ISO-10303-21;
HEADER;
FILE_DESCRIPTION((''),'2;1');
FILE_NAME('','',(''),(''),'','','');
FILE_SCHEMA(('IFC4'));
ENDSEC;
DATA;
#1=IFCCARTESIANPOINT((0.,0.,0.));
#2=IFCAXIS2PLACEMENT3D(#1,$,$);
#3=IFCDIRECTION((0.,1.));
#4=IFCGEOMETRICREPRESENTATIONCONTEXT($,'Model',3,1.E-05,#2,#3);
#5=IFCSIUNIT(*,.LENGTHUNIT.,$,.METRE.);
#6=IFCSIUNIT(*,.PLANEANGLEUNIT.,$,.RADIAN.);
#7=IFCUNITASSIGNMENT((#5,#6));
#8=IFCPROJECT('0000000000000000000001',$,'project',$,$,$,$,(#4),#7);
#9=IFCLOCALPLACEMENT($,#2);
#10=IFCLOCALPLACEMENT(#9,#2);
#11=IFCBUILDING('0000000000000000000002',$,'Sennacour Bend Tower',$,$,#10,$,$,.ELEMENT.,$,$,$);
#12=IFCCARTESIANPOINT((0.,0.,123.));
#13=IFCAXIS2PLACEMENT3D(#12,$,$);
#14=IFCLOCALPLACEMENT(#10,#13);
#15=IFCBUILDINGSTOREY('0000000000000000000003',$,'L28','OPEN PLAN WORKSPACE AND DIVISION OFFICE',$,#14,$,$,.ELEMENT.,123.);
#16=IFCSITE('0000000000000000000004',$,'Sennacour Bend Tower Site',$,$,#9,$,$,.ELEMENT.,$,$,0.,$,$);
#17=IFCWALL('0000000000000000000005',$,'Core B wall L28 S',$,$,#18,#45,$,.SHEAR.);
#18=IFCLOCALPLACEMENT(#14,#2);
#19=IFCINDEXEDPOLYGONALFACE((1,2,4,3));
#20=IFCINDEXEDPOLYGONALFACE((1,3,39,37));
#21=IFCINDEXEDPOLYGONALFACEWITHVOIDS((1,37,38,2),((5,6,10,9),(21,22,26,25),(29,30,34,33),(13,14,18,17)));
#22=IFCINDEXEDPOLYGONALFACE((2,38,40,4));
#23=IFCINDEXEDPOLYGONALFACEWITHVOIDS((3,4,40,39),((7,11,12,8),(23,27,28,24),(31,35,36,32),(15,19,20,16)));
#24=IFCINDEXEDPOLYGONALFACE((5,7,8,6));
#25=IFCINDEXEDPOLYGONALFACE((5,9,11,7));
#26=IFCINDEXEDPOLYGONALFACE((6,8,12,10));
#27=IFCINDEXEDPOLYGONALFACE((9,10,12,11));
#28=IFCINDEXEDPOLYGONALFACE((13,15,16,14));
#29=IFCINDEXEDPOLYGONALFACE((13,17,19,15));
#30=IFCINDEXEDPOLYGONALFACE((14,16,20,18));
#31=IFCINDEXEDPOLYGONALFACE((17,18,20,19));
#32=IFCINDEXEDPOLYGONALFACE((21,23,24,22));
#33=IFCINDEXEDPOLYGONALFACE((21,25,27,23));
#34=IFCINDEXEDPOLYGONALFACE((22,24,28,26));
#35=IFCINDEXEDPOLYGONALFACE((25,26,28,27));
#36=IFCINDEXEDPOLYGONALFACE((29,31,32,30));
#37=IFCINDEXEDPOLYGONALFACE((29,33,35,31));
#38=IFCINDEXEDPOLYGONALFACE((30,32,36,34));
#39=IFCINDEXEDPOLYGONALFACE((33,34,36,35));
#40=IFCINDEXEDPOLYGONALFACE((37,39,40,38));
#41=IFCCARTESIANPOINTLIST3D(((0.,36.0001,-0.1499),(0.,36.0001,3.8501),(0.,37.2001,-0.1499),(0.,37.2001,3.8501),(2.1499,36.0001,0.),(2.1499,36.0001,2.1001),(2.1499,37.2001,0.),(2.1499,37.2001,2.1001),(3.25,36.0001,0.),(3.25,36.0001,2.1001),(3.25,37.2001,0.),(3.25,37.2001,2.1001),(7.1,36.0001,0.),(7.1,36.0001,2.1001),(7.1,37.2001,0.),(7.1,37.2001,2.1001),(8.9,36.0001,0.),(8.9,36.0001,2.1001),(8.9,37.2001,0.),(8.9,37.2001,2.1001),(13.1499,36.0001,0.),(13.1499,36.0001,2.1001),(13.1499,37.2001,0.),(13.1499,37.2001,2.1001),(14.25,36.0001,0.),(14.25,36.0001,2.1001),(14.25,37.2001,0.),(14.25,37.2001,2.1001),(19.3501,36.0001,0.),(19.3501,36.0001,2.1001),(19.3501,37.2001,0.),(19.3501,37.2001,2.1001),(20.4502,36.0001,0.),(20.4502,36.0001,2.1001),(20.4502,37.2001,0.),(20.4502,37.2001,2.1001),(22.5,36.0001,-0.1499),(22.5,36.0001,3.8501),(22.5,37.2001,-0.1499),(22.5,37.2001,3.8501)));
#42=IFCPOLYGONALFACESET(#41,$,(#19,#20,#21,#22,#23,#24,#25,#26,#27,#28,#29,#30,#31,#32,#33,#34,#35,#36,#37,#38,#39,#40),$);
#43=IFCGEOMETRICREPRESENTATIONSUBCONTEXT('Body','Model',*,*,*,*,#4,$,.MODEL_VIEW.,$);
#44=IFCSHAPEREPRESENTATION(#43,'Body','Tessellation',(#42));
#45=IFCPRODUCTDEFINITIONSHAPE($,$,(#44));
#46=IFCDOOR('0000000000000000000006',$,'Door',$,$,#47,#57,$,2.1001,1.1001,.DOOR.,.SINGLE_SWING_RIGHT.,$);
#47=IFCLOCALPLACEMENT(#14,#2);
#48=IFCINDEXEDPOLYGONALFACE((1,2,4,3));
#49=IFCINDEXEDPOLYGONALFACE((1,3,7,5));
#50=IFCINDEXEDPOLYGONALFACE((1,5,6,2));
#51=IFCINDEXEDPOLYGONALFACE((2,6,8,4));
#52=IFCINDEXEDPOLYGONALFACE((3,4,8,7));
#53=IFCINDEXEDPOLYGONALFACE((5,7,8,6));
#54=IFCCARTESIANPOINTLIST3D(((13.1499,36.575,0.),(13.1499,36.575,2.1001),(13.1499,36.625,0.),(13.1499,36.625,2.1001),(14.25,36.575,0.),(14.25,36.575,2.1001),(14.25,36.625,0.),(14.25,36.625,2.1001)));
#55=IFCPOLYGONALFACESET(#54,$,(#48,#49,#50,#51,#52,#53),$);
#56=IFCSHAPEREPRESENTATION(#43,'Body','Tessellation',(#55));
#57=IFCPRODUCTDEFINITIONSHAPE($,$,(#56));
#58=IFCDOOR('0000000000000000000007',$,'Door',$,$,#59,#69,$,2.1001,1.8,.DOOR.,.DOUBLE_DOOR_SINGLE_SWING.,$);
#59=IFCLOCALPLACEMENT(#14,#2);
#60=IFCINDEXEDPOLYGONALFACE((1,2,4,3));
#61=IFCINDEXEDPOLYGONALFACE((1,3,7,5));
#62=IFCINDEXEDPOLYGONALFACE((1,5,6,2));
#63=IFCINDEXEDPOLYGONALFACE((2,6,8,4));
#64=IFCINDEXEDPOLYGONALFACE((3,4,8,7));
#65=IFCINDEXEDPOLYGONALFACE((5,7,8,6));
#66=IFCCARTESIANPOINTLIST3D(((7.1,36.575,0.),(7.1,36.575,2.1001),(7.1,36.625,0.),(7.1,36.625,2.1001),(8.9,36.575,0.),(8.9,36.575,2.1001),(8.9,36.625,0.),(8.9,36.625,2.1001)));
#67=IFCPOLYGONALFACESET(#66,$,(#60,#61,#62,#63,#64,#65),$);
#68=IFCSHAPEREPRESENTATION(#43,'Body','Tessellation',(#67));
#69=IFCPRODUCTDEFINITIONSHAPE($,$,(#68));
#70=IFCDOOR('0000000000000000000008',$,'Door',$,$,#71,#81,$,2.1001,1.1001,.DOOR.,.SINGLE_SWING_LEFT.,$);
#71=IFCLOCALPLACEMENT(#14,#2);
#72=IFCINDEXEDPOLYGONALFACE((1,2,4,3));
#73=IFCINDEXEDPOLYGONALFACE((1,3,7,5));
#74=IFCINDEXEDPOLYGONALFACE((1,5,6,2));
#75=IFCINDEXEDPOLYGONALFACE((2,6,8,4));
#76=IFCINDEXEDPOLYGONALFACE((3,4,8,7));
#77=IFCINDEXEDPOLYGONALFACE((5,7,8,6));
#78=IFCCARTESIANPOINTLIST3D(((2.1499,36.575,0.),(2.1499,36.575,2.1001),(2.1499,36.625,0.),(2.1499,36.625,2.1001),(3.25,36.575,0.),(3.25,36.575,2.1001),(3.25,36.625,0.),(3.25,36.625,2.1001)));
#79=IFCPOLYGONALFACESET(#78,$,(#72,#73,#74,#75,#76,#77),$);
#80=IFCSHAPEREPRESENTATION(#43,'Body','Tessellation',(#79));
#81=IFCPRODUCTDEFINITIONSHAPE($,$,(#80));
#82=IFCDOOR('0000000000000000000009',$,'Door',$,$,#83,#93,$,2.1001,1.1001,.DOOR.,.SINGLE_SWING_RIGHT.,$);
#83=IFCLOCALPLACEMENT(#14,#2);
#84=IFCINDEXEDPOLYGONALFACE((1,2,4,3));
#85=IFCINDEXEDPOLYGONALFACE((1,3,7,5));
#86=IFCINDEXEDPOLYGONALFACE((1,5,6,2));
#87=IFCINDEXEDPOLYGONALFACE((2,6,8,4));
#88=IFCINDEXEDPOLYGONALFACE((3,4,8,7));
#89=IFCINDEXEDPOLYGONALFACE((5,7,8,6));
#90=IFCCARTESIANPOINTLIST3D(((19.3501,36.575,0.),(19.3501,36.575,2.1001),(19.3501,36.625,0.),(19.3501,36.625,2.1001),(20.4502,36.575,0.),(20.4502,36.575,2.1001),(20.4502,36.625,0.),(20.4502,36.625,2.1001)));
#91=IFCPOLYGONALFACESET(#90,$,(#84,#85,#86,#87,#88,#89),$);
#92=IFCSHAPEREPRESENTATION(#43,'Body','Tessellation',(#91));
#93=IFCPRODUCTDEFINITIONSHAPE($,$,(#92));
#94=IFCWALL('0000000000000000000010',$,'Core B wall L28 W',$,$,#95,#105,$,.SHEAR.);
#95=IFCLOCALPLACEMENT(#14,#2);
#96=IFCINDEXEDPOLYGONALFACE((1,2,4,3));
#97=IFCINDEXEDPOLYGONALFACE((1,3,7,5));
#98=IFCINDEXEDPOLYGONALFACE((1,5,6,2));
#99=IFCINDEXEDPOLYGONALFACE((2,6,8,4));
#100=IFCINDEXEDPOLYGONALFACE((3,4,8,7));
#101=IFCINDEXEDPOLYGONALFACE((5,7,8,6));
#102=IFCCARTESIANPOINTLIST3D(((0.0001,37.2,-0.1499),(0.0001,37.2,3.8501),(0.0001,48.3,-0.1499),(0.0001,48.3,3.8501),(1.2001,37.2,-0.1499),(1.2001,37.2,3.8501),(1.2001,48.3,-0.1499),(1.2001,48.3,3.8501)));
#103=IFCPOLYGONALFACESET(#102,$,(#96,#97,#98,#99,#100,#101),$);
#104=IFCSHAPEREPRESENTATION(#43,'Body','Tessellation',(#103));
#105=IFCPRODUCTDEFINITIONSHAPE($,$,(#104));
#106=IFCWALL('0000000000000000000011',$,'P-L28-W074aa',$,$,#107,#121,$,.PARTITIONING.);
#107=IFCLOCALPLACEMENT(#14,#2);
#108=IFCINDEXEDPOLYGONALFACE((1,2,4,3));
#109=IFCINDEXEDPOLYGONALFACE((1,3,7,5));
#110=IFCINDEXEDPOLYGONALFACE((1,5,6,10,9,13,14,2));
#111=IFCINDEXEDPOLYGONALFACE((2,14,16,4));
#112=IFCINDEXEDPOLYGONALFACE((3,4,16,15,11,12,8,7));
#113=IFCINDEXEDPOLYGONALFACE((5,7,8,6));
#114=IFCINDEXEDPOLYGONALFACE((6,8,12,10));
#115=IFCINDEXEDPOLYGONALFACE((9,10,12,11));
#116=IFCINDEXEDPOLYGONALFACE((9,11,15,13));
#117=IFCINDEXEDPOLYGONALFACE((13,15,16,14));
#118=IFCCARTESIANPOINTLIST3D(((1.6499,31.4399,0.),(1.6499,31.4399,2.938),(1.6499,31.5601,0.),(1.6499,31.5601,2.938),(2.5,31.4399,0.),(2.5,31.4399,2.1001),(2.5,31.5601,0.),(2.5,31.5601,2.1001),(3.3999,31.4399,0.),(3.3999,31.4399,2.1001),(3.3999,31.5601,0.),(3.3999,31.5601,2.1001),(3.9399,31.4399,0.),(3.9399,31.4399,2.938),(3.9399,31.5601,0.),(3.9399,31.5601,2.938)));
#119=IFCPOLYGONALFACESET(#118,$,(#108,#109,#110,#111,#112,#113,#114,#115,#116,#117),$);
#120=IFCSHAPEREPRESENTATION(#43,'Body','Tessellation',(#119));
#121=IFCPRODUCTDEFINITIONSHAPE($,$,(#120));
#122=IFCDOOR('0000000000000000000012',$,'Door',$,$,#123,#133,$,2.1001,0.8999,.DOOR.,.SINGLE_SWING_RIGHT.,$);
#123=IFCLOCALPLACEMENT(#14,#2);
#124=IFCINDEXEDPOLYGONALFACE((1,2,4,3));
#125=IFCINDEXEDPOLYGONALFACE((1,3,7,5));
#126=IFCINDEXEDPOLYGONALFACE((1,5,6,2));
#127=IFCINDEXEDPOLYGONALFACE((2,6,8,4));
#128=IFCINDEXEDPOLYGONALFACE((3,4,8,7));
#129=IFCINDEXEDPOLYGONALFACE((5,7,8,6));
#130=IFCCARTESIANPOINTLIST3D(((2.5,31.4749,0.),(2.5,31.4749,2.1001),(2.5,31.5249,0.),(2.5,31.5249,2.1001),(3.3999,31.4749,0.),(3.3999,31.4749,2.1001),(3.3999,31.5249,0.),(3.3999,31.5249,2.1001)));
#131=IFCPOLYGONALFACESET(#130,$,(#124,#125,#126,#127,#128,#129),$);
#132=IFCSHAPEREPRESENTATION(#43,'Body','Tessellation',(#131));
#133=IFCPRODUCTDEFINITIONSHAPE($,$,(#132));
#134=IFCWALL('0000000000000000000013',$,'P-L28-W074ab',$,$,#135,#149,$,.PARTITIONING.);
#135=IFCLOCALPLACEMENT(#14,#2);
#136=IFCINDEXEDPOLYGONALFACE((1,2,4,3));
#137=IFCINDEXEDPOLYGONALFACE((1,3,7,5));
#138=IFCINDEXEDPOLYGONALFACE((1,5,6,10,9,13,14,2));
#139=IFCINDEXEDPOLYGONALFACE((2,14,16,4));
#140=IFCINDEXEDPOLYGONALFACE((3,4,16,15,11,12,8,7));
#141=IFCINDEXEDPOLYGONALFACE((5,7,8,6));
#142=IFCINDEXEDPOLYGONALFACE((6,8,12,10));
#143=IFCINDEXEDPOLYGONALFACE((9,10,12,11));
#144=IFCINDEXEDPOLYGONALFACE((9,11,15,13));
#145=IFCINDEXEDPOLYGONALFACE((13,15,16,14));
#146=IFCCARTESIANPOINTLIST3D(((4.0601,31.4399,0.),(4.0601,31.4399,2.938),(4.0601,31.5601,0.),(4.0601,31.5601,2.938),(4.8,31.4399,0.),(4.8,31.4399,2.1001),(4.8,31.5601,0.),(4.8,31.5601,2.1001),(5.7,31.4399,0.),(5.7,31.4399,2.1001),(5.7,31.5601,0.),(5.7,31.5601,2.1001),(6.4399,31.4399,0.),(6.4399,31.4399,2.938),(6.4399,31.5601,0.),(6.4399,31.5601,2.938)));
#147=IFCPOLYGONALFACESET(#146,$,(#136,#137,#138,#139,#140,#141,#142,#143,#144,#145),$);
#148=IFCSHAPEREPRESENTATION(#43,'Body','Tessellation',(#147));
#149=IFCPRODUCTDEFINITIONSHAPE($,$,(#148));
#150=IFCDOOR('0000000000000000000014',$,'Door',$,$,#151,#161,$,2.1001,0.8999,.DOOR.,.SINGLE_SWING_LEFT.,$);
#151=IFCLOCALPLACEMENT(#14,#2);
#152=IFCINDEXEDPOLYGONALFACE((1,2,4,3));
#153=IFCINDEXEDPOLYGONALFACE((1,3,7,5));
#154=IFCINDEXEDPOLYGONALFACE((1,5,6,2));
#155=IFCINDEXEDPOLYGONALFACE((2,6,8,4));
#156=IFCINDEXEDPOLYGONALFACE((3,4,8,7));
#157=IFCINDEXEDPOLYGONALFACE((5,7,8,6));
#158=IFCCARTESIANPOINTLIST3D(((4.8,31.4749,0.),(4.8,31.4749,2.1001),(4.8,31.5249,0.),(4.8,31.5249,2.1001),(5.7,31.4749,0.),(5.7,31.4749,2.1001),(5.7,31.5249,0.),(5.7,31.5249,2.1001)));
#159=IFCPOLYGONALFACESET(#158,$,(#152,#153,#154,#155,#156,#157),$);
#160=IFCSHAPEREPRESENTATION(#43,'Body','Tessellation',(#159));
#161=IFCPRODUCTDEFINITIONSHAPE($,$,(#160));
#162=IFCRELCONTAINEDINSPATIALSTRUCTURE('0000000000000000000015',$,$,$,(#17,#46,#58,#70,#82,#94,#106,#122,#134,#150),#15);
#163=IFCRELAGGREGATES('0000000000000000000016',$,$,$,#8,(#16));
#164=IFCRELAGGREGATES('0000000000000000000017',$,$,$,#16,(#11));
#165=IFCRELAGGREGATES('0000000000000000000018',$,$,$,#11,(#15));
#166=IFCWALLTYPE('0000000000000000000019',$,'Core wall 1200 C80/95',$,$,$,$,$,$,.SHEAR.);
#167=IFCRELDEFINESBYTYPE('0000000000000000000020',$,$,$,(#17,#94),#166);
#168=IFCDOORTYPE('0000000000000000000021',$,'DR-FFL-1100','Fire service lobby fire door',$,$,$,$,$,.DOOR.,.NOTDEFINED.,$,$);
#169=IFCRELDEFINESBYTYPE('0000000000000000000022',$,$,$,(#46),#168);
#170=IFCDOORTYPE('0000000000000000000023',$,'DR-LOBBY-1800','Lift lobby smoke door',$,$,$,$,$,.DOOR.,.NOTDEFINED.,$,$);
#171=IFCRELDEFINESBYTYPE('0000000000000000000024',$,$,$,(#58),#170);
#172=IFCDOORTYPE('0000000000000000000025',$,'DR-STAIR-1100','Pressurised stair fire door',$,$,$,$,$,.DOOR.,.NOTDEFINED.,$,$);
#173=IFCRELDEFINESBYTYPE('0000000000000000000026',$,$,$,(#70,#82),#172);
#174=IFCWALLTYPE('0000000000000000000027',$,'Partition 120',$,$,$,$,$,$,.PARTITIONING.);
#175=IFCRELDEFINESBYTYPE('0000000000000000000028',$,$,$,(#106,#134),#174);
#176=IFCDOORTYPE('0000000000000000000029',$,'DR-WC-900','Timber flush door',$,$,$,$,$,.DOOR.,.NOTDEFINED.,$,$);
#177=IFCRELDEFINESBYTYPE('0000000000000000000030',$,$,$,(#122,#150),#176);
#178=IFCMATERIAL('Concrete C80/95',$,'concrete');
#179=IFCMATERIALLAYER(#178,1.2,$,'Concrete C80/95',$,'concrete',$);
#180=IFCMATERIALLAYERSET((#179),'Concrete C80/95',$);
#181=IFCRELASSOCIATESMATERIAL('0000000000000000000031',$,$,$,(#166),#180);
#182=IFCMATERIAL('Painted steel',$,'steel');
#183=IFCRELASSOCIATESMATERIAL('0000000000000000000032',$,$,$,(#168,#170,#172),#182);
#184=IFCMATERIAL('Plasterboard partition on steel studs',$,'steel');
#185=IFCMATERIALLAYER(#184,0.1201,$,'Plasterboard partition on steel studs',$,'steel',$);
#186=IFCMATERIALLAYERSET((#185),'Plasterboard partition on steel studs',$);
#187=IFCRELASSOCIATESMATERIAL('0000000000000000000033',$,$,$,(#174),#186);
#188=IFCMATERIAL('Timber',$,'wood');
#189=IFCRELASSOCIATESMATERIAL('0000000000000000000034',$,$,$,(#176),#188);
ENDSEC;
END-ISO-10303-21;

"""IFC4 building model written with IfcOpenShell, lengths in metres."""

from ifc_helpers import new_model, si_unit, direction, frame, frame_2d, origin, place, context, subcontext, project, spatial, rectangle, extrude, material, layer, layer_set, type_object, element, fill, save


model = new_model("IFC4")

# Units and contexts
model_context = context("Model", 3, precision=1e-05, world=origin(), true_north=direction((0.0, 1.0)))
body_context = subcontext(model_context, "Body", "Model", "MODEL_VIEW")
ifc_project = project(units=[si_unit("LENGTHUNIT", "METRE"), si_unit("PLANEANGLEUNIT", "RADIAN")], contexts=[model_context])

# Site, building, storey
site_placement = place(None, origin())
site = spatial("IfcSite", under=ifc_project, at=site_placement, Name="Sennacour Bend Tower Site", CompositionType="ELEMENT", RefElevation=0.0)
building_placement = place(site_placement, origin())
building = spatial("IfcBuilding", under=site, at=building_placement, Name="Sennacour Bend Tower", CompositionType="ELEMENT")
storey_placement = place(building_placement, frame((0.0, 0.0, 123.0)))
storey = spatial("IfcBuildingStorey", under=building, at=storey_placement, Name="L28", Description="OPEN PLAN WORKSPACE AND DIVISION OFFICE", CompositionType="ELEMENT", Elevation=123.0)

# Wall, openings, doors
ifc_material_1 = material(Name="Concrete C80/95", Category="concrete")
ifc_layer_1 = layer(ifc_material_1, 1.2, Name="Concrete C80/95", Category="concrete")
ifc_layer_set_1 = layer_set([ifc_layer_1], Name="Concrete C80/95")
wall_type_1 = type_object("IfcWallType", Name="Core wall 1200 C80/95", PredefinedType="SHEAR", material=ifc_layer_set_1)
wall_1_placement = place(storey_placement, frame((0.0, 36.6001, -0.1499), z_axis=(0.0, 0.0, 1.0), x_axis=(1.0, 0.0, 0.0)))
wall_1 = element("IfcWall", 1, at=wall_1_placement, inside=storey, type_object=wall_type_1, Name="Core B wall L28 S", PredefinedType="SHEAR", context=body_context, shape_type="SweptSolid", body=[
    extrude(rectangle(XDim=22.5, YDim=1.2, at=frame_2d((11.25, 0.0))), origin(), (0.0, 0.0, 1.0), 4.0),
])
opening_1_placement = place(wall_1_placement, frame((7.1001, 0.0, 0.1499)))
opening_1 = element("IfcOpeningElement", 2, at=opening_1_placement, cuts=wall_1, PredefinedType="OPENING", context=body_context, shape_type="SweptSolid", body=[
    extrude(rectangle(XDim=1.8, YDim=2.1001, at=frame_2d((0.8999, 1.05))), frame((0.0, 0.6099, 0.0), z_axis=(0.0, -1.0, 0.0), x_axis=(1.0, 0.0, 0.0)), (0.0, 0.0, 1.0), 1.22),
])
opening_2_placement = place(wall_1_placement, frame((13.1499, 0.0, 0.1499)))
opening_2 = element("IfcOpeningElement", 3, at=opening_2_placement, cuts=wall_1, PredefinedType="OPENING", context=body_context, shape_type="SweptSolid", body=[
    extrude(rectangle(XDim=1.1001, YDim=2.1001, at=frame_2d((0.55, 1.05))), frame((0.0, 0.6099, 0.0), z_axis=(0.0, -1.0, 0.0), x_axis=(1.0, 0.0, 0.0)), (0.0, 0.0, 1.0), 1.22),
])
opening_3_placement = place(wall_1_placement, frame((2.1499, 0.0, 0.1499)))
opening_3 = element("IfcOpeningElement", 4, at=opening_3_placement, cuts=wall_1, PredefinedType="OPENING", context=body_context, shape_type="SweptSolid", body=[
    extrude(rectangle(XDim=1.1001, YDim=2.1001, at=frame_2d((0.55, 1.05))), frame((0.0, 0.6099, 0.0), z_axis=(0.0, -1.0, 0.0), x_axis=(1.0, 0.0, 0.0)), (0.0, 0.0, 1.0), 1.22),
])
opening_4_placement = place(wall_1_placement, frame((19.3501, 0.0, 0.1499)))
opening_4 = element("IfcOpeningElement", 5, at=opening_4_placement, cuts=wall_1, PredefinedType="OPENING", context=body_context, shape_type="SweptSolid", body=[
    extrude(rectangle(XDim=1.1001, YDim=2.1001, at=frame_2d((0.55, 1.05))), frame((0.0, 0.6099, 0.0), z_axis=(0.0, -1.0, 0.0), x_axis=(1.0, 0.0, 0.0)), (0.0, 0.0, 1.0), 1.22),
])
ifc_material_2 = material(Name="Painted steel", Category="steel")
door_type_1 = type_object("IfcDoorType", Name="DR-FFL-1100", Description="Fire service lobby fire door", OperationType="NOTDEFINED", PredefinedType="DOOR", material=ifc_material_2)
door_1_placement = place(opening_2_placement, origin())
door_1 = element("IfcDoor", 6, at=door_1_placement, inside=storey, type_object=door_type_1, Name="Door", OperationType="SINGLE_SWING_RIGHT", OverallHeight=2.1001, OverallWidth=1.1001, PredefinedType="DOOR", context=body_context, shape_type="SweptSolid", body=[
    extrude(rectangle(XDim=1.1001, YDim=2.1001, at=frame_2d((0.55, 1.05))), frame((0.0, 0.0249, 0.0), z_axis=(0.0, -1.0, 0.0), x_axis=(1.0, 0.0, 0.0)), (0.0, 0.0, 1.0), 0.05),
])
fill(opening_2, door_1)
door_type_2 = type_object("IfcDoorType", Name="DR-LOBBY-1800", Description="Lift lobby smoke door", OperationType="NOTDEFINED", PredefinedType="DOOR", material=ifc_material_2)
door_2_placement = place(opening_1_placement, origin())
door_2 = element("IfcDoor", 7, at=door_2_placement, inside=storey, type_object=door_type_2, Name="Door", OperationType="DOUBLE_DOOR_SINGLE_SWING", OverallHeight=2.1001, OverallWidth=1.8, PredefinedType="DOOR", context=body_context, shape_type="SweptSolid", body=[
    extrude(rectangle(XDim=1.8, YDim=2.1001, at=frame_2d((0.8999, 1.05))), frame((0.0, 0.0249, 0.0), z_axis=(0.0, -1.0, 0.0), x_axis=(1.0, 0.0, 0.0)), (0.0, 0.0, 1.0), 0.05),
])
fill(opening_1, door_2)
door_type_3 = type_object("IfcDoorType", Name="DR-STAIR-1100", Description="Pressurised stair fire door", OperationType="NOTDEFINED", PredefinedType="DOOR", material=ifc_material_2)
door_3_placement = place(opening_3_placement, origin())
door_3 = element("IfcDoor", 8, at=door_3_placement, inside=storey, type_object=door_type_3, Name="Door", OperationType="SINGLE_SWING_LEFT", OverallHeight=2.1001, OverallWidth=1.1001, PredefinedType="DOOR", context=body_context, shape_type="SweptSolid", body=[
    extrude(rectangle(XDim=1.1001, YDim=2.1001, at=frame_2d((0.55, 1.05))), frame((0.0, 0.0249, 0.0), z_axis=(0.0, -1.0, 0.0), x_axis=(1.0, 0.0, 0.0)), (0.0, 0.0, 1.0), 0.05),
])
fill(opening_3, door_3)
door_4_placement = place(opening_4_placement, origin())
door_4 = element("IfcDoor", 9, at=door_4_placement, inside=storey, type_object=door_type_3, Name="Door", OperationType="SINGLE_SWING_RIGHT", OverallHeight=2.1001, OverallWidth=1.1001, PredefinedType="DOOR", context=body_context, shape_type="SweptSolid", body=[
    extrude(rectangle(XDim=1.1001, YDim=2.1001, at=frame_2d((0.55, 1.05))), frame((0.0, 0.0249, 0.0), z_axis=(0.0, -1.0, 0.0), x_axis=(1.0, 0.0, 0.0)), (0.0, 0.0, 1.0), 0.05),
])
fill(opening_4, door_4)

# Wall
wall_2_placement = place(storey_placement, frame((0.6001, 37.2, -0.1499), z_axis=(0.0, 0.0, 1.0), x_axis=(0.0, 1.0, 0.0)))
element("IfcWall", 10, at=wall_2_placement, inside=storey, type_object=wall_type_1, Name="Core B wall L28 W", PredefinedType="SHEAR", context=body_context, shape_type="SweptSolid", body=[
    extrude(rectangle(XDim=11.1001, YDim=1.2, at=frame_2d((5.55, 0.0))), origin(), (0.0, 0.0, 1.0), 4.0),
])

# Walls, openings, doors
ifc_material_3 = material(Name="Plasterboard partition on steel studs", Category="steel")
ifc_layer_2 = layer(ifc_material_3, 0.1201, Name="Plasterboard partition on steel studs", Category="steel")
ifc_layer_set_2 = layer_set([ifc_layer_2], Name="Plasterboard partition on steel studs")
wall_type_2 = type_object("IfcWallType", Name="Partition 120", PredefinedType="PARTITIONING", material=ifc_layer_set_2)
wall_3_placement = place(storey_placement, frame((1.6499, 31.5, 0.0), z_axis=(0.0, 0.0, 1.0), x_axis=(1.0, 0.0, 0.0)))
wall_3 = element("IfcWall", 11, at=wall_3_placement, inside=storey, type_object=wall_type_2, Name="P-L28-W074aa", PredefinedType="PARTITIONING", context=body_context, shape_type="SweptSolid", body=[
    extrude(rectangle(XDim=2.29, YDim=0.1201, at=frame_2d((1.145, 0.0))), origin(), (0.0, 0.0, 1.0), 2.938),
])
opening_5_placement = place(wall_3_placement, frame((0.8501, 0.0, 0.0)))
opening_5 = element("IfcOpeningElement", 12, at=opening_5_placement, cuts=wall_3, PredefinedType="OPENING", context=body_context, shape_type="SweptSolid", body=[
    extrude(rectangle(XDim=0.8999, YDim=2.1001, at=frame_2d((0.45, 1.05))), frame((0.0, 0.0701, 0.0), z_axis=(0.0, -1.0, 0.0), x_axis=(1.0, 0.0, 0.0)), (0.0, 0.0, 1.0), 0.1401),
])
ifc_material_4 = material(Name="Timber", Category="wood")
door_type_4 = type_object("IfcDoorType", Name="DR-WC-900", Description="Timber flush door", OperationType="NOTDEFINED", PredefinedType="DOOR", material=ifc_material_4)
door_5_placement = place(opening_5_placement, origin())
door_5 = element("IfcDoor", 13, at=door_5_placement, inside=storey, type_object=door_type_4, Name="Door", OperationType="SINGLE_SWING_RIGHT", OverallHeight=2.1001, OverallWidth=0.8999, PredefinedType="DOOR", context=body_context, shape_type="SweptSolid", body=[
    extrude(rectangle(XDim=0.8999, YDim=2.1001, at=frame_2d((0.45, 1.05))), frame((0.0, 0.0249, 0.0), z_axis=(0.0, -1.0, 0.0), x_axis=(1.0, 0.0, 0.0)), (0.0, 0.0, 1.0), 0.05),
])
fill(opening_5, door_5)
wall_4_placement = place(storey_placement, frame((4.0601, 31.5, 0.0), z_axis=(0.0, 0.0, 1.0), x_axis=(1.0, 0.0, 0.0)))
wall_4 = element("IfcWall", 14, at=wall_4_placement, inside=storey, type_object=wall_type_2, Name="P-L28-W074ab", PredefinedType="PARTITIONING", context=body_context, shape_type="SweptSolid", body=[
    extrude(rectangle(XDim=2.3799, YDim=0.1201, at=frame_2d((1.1899, 0.0))), origin(), (0.0, 0.0, 1.0), 2.938),
])
opening_6_placement = place(wall_4_placement, frame((0.74, 0.0, 0.0)))
opening_6 = element("IfcOpeningElement", 15, at=opening_6_placement, cuts=wall_4, PredefinedType="OPENING", context=body_context, shape_type="SweptSolid", body=[
    extrude(rectangle(XDim=0.8999, YDim=2.1001, at=frame_2d((0.45, 1.05))), frame((0.0, 0.0701, 0.0), z_axis=(0.0, -1.0, 0.0), x_axis=(1.0, 0.0, 0.0)), (0.0, 0.0, 1.0), 0.1401),
])
door_6_placement = place(opening_6_placement, origin())
door_6 = element("IfcDoor", 16, at=door_6_placement, inside=storey, type_object=door_type_4, Name="Door", OperationType="SINGLE_SWING_LEFT", OverallHeight=2.1001, OverallWidth=0.8999, PredefinedType="DOOR", context=body_context, shape_type="SweptSolid", body=[
    extrude(rectangle(XDim=0.8999, YDim=2.1001, at=frame_2d((0.45, 1.05))), frame((0.0, 0.0249, 0.0), z_axis=(0.0, -1.0, 0.0), x_axis=(1.0, 0.0, 0.0)), (0.0, 0.0, 1.0), 0.05),
])
fill(opening_6, door_6)

save(model, "model.ifc")
